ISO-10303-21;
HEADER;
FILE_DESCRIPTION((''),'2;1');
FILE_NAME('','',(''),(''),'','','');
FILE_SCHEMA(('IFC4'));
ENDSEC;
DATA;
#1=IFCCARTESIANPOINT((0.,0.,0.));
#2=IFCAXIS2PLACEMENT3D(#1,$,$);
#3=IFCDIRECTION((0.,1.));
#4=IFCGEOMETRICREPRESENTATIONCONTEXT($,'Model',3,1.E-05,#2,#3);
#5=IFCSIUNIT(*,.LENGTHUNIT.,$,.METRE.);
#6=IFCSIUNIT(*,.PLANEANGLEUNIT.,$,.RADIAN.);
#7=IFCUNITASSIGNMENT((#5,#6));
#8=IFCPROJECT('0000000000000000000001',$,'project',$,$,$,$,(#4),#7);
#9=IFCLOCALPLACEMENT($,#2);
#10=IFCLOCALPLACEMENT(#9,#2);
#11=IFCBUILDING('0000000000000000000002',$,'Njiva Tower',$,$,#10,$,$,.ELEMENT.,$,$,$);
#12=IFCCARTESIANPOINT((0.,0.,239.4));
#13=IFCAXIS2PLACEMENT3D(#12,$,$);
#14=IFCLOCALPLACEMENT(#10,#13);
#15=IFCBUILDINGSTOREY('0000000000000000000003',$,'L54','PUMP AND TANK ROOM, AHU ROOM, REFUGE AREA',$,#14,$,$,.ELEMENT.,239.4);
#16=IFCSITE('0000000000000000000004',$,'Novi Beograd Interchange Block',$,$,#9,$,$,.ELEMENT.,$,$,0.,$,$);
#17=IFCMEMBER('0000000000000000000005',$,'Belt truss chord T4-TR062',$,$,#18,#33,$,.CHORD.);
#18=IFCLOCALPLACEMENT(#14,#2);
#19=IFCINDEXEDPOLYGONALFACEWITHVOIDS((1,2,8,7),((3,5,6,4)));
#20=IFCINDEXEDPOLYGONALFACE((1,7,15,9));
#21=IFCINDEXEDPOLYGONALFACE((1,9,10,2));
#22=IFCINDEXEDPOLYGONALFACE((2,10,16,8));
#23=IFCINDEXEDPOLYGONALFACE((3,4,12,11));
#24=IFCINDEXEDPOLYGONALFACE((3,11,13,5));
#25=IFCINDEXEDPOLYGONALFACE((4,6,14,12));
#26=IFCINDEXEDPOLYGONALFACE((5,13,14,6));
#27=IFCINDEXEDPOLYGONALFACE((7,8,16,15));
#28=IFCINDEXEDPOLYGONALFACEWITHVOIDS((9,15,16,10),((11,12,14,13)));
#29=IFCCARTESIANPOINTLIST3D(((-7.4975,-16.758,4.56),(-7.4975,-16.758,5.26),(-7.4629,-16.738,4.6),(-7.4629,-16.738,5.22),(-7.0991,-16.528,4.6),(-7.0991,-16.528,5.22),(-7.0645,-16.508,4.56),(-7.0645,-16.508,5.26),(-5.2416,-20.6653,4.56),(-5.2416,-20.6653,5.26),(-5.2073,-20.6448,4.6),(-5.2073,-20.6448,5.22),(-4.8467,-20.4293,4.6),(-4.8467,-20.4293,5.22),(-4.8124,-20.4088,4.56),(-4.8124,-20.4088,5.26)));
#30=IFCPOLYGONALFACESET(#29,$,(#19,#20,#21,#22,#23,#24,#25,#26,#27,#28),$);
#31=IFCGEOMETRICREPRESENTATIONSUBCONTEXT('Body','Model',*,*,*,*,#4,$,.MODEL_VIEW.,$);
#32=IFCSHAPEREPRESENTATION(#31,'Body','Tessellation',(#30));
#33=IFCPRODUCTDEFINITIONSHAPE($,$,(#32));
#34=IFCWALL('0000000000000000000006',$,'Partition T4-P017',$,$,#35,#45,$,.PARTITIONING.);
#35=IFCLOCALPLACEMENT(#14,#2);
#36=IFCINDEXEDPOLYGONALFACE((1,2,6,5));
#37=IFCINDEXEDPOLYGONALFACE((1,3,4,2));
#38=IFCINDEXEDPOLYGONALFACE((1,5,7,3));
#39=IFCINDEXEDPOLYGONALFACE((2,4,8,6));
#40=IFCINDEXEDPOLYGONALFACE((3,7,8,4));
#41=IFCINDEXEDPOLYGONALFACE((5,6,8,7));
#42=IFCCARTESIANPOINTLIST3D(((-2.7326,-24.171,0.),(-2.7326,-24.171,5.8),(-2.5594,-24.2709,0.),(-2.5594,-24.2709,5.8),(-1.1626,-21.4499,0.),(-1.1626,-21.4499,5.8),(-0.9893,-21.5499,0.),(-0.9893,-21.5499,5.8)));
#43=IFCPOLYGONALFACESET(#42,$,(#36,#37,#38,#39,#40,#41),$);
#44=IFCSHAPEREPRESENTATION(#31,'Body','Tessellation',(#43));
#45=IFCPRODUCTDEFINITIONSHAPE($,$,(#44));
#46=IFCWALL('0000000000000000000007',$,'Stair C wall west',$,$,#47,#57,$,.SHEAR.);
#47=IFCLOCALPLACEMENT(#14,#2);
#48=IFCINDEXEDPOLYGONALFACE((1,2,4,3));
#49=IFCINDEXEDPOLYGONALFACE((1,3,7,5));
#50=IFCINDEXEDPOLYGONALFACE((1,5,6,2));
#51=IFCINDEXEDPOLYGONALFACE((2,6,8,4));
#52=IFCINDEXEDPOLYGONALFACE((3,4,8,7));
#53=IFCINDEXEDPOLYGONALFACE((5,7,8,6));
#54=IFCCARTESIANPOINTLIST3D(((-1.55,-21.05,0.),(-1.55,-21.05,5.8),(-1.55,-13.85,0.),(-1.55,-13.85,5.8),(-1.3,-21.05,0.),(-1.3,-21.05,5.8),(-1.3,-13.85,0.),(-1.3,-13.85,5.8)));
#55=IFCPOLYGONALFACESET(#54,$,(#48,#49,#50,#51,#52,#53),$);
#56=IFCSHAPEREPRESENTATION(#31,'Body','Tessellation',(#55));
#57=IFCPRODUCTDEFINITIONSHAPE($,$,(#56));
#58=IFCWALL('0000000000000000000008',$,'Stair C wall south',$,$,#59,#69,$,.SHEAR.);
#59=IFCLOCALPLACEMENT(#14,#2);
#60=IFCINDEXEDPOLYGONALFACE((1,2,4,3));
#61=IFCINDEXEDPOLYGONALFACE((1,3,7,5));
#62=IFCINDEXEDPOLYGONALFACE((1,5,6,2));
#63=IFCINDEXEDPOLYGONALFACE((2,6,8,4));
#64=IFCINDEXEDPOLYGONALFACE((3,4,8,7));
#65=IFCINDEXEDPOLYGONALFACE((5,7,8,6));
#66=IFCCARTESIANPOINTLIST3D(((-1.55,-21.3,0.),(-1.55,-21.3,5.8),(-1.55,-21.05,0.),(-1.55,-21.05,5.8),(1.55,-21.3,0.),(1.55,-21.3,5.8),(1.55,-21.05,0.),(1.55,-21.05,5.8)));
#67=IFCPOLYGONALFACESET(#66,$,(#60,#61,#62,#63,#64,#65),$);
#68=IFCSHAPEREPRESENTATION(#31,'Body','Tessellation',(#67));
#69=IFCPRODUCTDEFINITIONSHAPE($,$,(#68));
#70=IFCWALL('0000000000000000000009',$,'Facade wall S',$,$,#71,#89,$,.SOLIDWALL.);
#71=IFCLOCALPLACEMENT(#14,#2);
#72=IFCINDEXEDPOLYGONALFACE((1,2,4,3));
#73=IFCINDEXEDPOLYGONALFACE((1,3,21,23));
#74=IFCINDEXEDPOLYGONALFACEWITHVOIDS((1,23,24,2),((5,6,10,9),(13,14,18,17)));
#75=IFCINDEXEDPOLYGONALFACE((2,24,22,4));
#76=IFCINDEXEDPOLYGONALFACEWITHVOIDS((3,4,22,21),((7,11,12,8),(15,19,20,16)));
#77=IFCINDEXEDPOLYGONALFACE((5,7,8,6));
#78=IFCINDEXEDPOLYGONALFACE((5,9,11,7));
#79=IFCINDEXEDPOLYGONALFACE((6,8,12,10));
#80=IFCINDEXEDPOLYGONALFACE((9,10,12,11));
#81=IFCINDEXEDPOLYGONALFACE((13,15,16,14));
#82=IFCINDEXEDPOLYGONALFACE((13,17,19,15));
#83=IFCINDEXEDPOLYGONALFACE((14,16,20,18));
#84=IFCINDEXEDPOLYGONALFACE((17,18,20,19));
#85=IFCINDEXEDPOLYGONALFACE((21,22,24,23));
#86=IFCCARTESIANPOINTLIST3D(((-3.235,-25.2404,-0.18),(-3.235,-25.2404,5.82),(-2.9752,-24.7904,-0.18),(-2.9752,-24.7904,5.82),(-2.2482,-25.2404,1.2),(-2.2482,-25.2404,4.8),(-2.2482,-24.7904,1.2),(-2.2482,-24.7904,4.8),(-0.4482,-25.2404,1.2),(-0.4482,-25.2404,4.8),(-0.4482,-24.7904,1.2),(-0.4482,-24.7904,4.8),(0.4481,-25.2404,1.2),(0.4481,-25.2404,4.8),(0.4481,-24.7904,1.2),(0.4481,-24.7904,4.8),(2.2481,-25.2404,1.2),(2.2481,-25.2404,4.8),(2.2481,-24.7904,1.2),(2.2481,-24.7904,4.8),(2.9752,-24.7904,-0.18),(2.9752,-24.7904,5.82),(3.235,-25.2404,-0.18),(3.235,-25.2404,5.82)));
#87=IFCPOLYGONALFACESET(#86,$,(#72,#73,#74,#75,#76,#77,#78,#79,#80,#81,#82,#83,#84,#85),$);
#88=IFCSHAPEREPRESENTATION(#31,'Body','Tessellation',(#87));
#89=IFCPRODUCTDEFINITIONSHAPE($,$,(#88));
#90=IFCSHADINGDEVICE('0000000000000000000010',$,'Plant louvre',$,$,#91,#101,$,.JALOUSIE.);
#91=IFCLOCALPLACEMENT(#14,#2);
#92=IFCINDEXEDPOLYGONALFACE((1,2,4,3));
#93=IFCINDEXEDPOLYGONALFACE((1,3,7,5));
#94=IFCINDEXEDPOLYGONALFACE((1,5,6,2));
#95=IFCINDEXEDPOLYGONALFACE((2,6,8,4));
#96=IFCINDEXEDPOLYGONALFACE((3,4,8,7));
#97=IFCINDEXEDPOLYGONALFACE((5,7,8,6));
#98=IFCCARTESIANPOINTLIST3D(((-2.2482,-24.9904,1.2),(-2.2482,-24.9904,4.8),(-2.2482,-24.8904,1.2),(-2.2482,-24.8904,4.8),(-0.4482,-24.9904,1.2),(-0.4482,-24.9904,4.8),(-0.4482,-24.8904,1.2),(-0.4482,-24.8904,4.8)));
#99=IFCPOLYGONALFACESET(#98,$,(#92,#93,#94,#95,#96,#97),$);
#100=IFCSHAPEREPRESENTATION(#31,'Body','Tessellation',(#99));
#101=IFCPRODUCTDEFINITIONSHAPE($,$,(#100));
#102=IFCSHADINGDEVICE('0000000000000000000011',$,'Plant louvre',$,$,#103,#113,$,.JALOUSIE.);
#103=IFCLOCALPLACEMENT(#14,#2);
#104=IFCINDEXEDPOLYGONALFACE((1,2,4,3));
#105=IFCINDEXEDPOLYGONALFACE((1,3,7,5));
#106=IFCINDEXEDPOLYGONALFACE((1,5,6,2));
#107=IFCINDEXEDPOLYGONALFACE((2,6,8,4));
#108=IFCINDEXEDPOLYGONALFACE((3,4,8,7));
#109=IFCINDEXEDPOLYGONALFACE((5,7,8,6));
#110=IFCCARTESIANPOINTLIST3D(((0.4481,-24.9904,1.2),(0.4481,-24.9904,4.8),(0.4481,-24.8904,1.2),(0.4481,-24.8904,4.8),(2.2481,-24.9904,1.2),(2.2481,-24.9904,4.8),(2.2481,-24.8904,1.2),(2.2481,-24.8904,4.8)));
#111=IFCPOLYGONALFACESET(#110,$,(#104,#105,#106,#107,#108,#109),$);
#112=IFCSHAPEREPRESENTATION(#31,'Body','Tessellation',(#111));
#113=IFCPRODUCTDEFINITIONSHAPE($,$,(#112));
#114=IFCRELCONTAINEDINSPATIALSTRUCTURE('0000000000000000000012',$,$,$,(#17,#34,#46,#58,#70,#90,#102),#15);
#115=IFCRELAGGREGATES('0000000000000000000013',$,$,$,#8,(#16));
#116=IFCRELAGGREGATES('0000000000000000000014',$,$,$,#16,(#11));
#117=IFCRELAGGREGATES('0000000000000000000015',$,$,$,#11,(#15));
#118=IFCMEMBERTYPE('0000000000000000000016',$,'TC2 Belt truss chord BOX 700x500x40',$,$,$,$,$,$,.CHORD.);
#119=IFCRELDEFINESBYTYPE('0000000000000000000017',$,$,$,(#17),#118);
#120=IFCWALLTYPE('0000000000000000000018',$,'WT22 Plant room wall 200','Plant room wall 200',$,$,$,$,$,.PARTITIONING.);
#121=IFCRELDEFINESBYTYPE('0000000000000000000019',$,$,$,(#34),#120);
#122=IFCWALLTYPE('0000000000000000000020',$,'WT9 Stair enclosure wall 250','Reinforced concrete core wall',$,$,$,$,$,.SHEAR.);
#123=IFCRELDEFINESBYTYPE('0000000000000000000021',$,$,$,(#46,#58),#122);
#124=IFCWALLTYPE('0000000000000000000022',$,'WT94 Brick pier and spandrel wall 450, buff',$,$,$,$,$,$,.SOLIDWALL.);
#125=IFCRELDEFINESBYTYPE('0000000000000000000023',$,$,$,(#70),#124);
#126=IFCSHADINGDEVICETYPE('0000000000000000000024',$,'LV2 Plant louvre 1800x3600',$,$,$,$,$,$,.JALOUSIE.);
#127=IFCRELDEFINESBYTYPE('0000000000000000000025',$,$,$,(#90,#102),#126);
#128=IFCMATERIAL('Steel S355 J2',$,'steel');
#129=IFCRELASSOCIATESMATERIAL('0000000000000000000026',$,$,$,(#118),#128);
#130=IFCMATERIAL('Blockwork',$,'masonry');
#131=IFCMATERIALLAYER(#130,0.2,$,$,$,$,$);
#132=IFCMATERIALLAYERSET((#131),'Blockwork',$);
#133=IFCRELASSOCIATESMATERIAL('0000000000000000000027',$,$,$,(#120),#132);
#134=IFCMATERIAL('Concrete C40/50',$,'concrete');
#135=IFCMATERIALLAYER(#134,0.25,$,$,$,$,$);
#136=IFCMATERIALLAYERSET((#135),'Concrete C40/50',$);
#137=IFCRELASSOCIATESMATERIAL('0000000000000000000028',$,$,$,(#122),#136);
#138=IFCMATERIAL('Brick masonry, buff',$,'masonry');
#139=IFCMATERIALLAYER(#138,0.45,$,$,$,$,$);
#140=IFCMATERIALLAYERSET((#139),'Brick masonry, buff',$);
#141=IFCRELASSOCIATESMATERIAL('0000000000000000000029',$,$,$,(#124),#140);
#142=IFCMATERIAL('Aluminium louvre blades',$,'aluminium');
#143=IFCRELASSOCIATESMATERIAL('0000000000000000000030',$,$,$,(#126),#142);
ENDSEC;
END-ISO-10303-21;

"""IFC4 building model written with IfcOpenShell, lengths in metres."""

from ifc_helpers import new_model, si_unit, direction, frame, frame_2d, origin, origin_2d, place, context, subcontext, project, spatial, polyline, rectangle, hollow_rectangle, outline, extrude, clip, halfspace, material, layer, layer_set, material_profile, profile_set, type_object, element, fill, save


model = new_model("IFC4")

# Units and contexts
model_context = context("Model", 3, precision=1e-05, world=origin(), true_north=direction((0.0, 1.0)))
body_context = subcontext(model_context, "Body", "Model", "MODEL_VIEW")
ifc_project = project(units=[si_unit("LENGTHUNIT", "METRE"), si_unit("PLANEANGLEUNIT", "RADIAN")], contexts=[model_context])

# Site, building, storey
site_placement = place(None, origin())
site = spatial("IfcSite", under=ifc_project, at=site_placement, Name="Novi Beograd Interchange Block", CompositionType="ELEMENT", RefElevation=0.0)
building_placement = place(site_placement, origin())
building = spatial("IfcBuilding", under=site, at=building_placement, Name="Njiva Tower", CompositionType="ELEMENT")
storey_placement = place(building_placement, frame((0.0, 0.0, 239.4)))
storey = spatial("IfcBuildingStorey", under=building, at=storey_placement, Name="L54", Description="PUMP AND TANK ROOM, AHU ROOM, REFUGE AREA", CompositionType="ELEMENT", Elevation=239.4)

# Shared definitions
ifc_material_1 = material(Name="Steel S355 J2", Category="steel")

# Member
ifc_material_profile_1 = material_profile(ifc_material_1, hollow_rectangle(XDim=0.5, YDim=0.7, WallThickness=0.04, at=origin_2d()), Name="BOX 700x500x40")
ifc_profile_set_1 = profile_set([ifc_material_profile_1], Name="Steel S355 J2")
member_type_1 = type_object("IfcMemberType", Name="TC2 Belt truss chord BOX 700x500x40", PredefinedType="CHORD", material=ifc_profile_set_1)
member_1_placement = place(storey_placement, frame((-7.281, -16.633, 4.91), z_axis=(0.500004, -0.866023, 0.0), x_axis=(0.866023, 0.500004, 0.0)))
element("IfcMember", 1, at=member_1_placement, inside=storey, type_object=member_type_1, Name="Belt truss chord T4-TR062", PredefinedType="CHORD", context=body_context, shape_type="Clipping", body=[
    clip(extrude(hollow_rectangle(XDim=0.5, YDim=0.7, WallThickness=0.04, at=origin_2d()), origin(), (0.0, 0.0, 1.0), 4.542), halfspace(frame((0.0, -244.31, 4.508), z_axis=(0.015085, 0.0, 0.999886), x_axis=(0.0, 1.0, 0.0)), False)),
])

# Walls
ifc_material_2 = material(Name="Blockwork", Category="masonry")
ifc_layer_1 = layer(ifc_material_2, 0.2)
ifc_layer_set_1 = layer_set([ifc_layer_1], Name="Blockwork")
wall_type_1 = type_object("IfcWallType", Name="WT22 Plant room wall 200", Description="Plant room wall 200", PredefinedType="PARTITIONING", material=ifc_layer_set_1)
wall_1_placement = place(storey_placement, frame((-2.646, -24.221, 0.0), z_axis=(0.0, 0.0, 1.0), x_axis=(0.499768, 0.866159, 0.0)))
element("IfcWall", 2, at=wall_1_placement, inside=storey, type_object=wall_type_1, Name="Partition T4-P017", PredefinedType="PARTITIONING", context=body_context, shape_type="SweptSolid", body=[
    extrude(rectangle(XDim=3.1415, YDim=0.2, at=frame_2d((1.5708, 0.0))), origin(), (0.0, 0.0, 1.0), 5.8),
])
ifc_material_3 = material(Name="Concrete C40/50", Category="concrete")
ifc_layer_2 = layer(ifc_material_3, 0.25)
ifc_layer_set_2 = layer_set([ifc_layer_2], Name="Concrete C40/50")
wall_type_2 = type_object("IfcWallType", Name="WT9 Stair enclosure wall 250", Description="Reinforced concrete core wall", PredefinedType="SHEAR", material=ifc_layer_set_2)
wall_2_placement = place(storey_placement, frame((-1.425, -21.05, 0.0), z_axis=(0.0, 0.0, 1.0), x_axis=(0.0, 1.0, 0.0)))
element("IfcWall", 3, at=wall_2_placement, inside=storey, type_object=wall_type_2, Name="Stair C wall west", PredefinedType="SHEAR", context=body_context, shape_type="SweptSolid", body=[
    extrude(rectangle(XDim=7.2, YDim=0.25, at=frame_2d((3.6, 0.0))), origin(), (0.0, 0.0, 1.0), 5.8),
])
wall_3_placement = place(storey_placement, frame((-1.55, -21.175, 0.0), z_axis=(0.0, 0.0, 1.0), x_axis=(1.0, 0.0, 0.0)))
element("IfcWall", 4, at=wall_3_placement, inside=storey, type_object=wall_type_2, Name="Stair C wall south", PredefinedType="SHEAR", context=body_context, shape_type="SweptSolid", body=[
    extrude(rectangle(XDim=3.1, YDim=0.25, at=frame_2d((1.55, 0.0))), origin(), (0.0, 0.0, 1.0), 5.8),
])

# Wall, openings, shading devices
ifc_material_4 = material(Name="Brick masonry, buff", Category="masonry")
ifc_layer_3 = layer(ifc_material_4, 0.45)
ifc_layer_set_3 = layer_set([ifc_layer_3], Name="Brick masonry, buff")
wall_type_3 = type_object("IfcWallType", Name="WT94 Brick pier and spandrel wall 450, buff", PredefinedType="SOLIDWALL", material=ifc_layer_set_3)
wall_4_placement = place(storey_placement, frame((-3.1051, -25.0154, -0.18), z_axis=(0.0, 0.0, 1.0), x_axis=(1.0, 0.0, 0.0)))
wall_4 = element("IfcWall", 5, at=wall_4_placement, inside=storey, type_object=wall_type_3, Name="Facade wall S", PredefinedType="SOLIDWALL", context=body_context, shape_type="SweptSolid", body=[
    extrude(outline(polyline([(-0.1299, -0.225), (6.3401, -0.225), (6.0803, 0.225), (0.1299, 0.225), (-0.1299, -0.225)])), origin(), (0.0, 0.0, 1.0), 6.0),
])
opening_1_placement = place(wall_4_placement, frame((0.8569, 0.0, 1.38)))
opening_1 = element("IfcOpeningElement", 6, at=opening_1_placement, cuts=wall_4, PredefinedType="OPENING", context=body_context, shape_type="SweptSolid", body=[
    extrude(rectangle(XDim=1.8, YDim=3.6, at=frame_2d((0.9, 1.8))), frame((0.0, 0.235, 0.0), z_axis=(0.0, -1.0, 0.0), x_axis=(1.0, 0.0, 0.0)), (0.0, 0.0, 1.0), 0.47),
])
opening_2_placement = place(wall_4_placement, frame((3.5532, 0.0, 1.38)))
opening_2 = element("IfcOpeningElement", 7, at=opening_2_placement, cuts=wall_4, PredefinedType="OPENING", context=body_context, shape_type="SweptSolid", body=[
    extrude(rectangle(XDim=1.8, YDim=3.6, at=frame_2d((0.9, 1.8))), frame((0.0, 0.235, 0.0), z_axis=(0.0, -1.0, 0.0), x_axis=(1.0, 0.0, 0.0)), (0.0, 0.0, 1.0), 0.47),
])
ifc_material_5 = material(Name="Aluminium louvre blades", Category="aluminium")
shading_device_type = type_object("IfcShadingDeviceType", Name="LV2 Plant louvre 1800x3600", PredefinedType="JALOUSIE", material=ifc_material_5)
shading_device_1_placement = place(opening_1_placement, origin())
shading_device_1 = element("IfcShadingDevice", 8, at=shading_device_1_placement, inside=storey, type_object=shading_device_type, Name="Plant louvre", PredefinedType="JALOUSIE", context=body_context, shape_type="SweptSolid", body=[
    extrude(rectangle(XDim=1.8, YDim=3.6, at=frame_2d((0.9, 1.8))), frame((0.0, 0.125, 0.0), z_axis=(0.0, -1.0, 0.0), x_axis=(1.0, 0.0, 0.0)), (0.0, 0.0, 1.0), 0.1),
])
fill(opening_1, shading_device_1)
shading_device_2_placement = place(opening_2_placement, origin())
shading_device_2 = element("IfcShadingDevice", 9, at=shading_device_2_placement, inside=storey, type_object=shading_device_type, Name="Plant louvre", PredefinedType="JALOUSIE", context=body_context, shape_type="SweptSolid", body=[
    extrude(rectangle(XDim=1.8, YDim=3.6, at=frame_2d((0.9, 1.8))), frame((0.0, 0.125, 0.0), z_axis=(0.0, -1.0, 0.0), x_axis=(1.0, 0.0, 0.0)), (0.0, 0.0, 1.0), 0.1),
])
fill(opening_2, shading_device_2)

save(model, "model.ifc")
